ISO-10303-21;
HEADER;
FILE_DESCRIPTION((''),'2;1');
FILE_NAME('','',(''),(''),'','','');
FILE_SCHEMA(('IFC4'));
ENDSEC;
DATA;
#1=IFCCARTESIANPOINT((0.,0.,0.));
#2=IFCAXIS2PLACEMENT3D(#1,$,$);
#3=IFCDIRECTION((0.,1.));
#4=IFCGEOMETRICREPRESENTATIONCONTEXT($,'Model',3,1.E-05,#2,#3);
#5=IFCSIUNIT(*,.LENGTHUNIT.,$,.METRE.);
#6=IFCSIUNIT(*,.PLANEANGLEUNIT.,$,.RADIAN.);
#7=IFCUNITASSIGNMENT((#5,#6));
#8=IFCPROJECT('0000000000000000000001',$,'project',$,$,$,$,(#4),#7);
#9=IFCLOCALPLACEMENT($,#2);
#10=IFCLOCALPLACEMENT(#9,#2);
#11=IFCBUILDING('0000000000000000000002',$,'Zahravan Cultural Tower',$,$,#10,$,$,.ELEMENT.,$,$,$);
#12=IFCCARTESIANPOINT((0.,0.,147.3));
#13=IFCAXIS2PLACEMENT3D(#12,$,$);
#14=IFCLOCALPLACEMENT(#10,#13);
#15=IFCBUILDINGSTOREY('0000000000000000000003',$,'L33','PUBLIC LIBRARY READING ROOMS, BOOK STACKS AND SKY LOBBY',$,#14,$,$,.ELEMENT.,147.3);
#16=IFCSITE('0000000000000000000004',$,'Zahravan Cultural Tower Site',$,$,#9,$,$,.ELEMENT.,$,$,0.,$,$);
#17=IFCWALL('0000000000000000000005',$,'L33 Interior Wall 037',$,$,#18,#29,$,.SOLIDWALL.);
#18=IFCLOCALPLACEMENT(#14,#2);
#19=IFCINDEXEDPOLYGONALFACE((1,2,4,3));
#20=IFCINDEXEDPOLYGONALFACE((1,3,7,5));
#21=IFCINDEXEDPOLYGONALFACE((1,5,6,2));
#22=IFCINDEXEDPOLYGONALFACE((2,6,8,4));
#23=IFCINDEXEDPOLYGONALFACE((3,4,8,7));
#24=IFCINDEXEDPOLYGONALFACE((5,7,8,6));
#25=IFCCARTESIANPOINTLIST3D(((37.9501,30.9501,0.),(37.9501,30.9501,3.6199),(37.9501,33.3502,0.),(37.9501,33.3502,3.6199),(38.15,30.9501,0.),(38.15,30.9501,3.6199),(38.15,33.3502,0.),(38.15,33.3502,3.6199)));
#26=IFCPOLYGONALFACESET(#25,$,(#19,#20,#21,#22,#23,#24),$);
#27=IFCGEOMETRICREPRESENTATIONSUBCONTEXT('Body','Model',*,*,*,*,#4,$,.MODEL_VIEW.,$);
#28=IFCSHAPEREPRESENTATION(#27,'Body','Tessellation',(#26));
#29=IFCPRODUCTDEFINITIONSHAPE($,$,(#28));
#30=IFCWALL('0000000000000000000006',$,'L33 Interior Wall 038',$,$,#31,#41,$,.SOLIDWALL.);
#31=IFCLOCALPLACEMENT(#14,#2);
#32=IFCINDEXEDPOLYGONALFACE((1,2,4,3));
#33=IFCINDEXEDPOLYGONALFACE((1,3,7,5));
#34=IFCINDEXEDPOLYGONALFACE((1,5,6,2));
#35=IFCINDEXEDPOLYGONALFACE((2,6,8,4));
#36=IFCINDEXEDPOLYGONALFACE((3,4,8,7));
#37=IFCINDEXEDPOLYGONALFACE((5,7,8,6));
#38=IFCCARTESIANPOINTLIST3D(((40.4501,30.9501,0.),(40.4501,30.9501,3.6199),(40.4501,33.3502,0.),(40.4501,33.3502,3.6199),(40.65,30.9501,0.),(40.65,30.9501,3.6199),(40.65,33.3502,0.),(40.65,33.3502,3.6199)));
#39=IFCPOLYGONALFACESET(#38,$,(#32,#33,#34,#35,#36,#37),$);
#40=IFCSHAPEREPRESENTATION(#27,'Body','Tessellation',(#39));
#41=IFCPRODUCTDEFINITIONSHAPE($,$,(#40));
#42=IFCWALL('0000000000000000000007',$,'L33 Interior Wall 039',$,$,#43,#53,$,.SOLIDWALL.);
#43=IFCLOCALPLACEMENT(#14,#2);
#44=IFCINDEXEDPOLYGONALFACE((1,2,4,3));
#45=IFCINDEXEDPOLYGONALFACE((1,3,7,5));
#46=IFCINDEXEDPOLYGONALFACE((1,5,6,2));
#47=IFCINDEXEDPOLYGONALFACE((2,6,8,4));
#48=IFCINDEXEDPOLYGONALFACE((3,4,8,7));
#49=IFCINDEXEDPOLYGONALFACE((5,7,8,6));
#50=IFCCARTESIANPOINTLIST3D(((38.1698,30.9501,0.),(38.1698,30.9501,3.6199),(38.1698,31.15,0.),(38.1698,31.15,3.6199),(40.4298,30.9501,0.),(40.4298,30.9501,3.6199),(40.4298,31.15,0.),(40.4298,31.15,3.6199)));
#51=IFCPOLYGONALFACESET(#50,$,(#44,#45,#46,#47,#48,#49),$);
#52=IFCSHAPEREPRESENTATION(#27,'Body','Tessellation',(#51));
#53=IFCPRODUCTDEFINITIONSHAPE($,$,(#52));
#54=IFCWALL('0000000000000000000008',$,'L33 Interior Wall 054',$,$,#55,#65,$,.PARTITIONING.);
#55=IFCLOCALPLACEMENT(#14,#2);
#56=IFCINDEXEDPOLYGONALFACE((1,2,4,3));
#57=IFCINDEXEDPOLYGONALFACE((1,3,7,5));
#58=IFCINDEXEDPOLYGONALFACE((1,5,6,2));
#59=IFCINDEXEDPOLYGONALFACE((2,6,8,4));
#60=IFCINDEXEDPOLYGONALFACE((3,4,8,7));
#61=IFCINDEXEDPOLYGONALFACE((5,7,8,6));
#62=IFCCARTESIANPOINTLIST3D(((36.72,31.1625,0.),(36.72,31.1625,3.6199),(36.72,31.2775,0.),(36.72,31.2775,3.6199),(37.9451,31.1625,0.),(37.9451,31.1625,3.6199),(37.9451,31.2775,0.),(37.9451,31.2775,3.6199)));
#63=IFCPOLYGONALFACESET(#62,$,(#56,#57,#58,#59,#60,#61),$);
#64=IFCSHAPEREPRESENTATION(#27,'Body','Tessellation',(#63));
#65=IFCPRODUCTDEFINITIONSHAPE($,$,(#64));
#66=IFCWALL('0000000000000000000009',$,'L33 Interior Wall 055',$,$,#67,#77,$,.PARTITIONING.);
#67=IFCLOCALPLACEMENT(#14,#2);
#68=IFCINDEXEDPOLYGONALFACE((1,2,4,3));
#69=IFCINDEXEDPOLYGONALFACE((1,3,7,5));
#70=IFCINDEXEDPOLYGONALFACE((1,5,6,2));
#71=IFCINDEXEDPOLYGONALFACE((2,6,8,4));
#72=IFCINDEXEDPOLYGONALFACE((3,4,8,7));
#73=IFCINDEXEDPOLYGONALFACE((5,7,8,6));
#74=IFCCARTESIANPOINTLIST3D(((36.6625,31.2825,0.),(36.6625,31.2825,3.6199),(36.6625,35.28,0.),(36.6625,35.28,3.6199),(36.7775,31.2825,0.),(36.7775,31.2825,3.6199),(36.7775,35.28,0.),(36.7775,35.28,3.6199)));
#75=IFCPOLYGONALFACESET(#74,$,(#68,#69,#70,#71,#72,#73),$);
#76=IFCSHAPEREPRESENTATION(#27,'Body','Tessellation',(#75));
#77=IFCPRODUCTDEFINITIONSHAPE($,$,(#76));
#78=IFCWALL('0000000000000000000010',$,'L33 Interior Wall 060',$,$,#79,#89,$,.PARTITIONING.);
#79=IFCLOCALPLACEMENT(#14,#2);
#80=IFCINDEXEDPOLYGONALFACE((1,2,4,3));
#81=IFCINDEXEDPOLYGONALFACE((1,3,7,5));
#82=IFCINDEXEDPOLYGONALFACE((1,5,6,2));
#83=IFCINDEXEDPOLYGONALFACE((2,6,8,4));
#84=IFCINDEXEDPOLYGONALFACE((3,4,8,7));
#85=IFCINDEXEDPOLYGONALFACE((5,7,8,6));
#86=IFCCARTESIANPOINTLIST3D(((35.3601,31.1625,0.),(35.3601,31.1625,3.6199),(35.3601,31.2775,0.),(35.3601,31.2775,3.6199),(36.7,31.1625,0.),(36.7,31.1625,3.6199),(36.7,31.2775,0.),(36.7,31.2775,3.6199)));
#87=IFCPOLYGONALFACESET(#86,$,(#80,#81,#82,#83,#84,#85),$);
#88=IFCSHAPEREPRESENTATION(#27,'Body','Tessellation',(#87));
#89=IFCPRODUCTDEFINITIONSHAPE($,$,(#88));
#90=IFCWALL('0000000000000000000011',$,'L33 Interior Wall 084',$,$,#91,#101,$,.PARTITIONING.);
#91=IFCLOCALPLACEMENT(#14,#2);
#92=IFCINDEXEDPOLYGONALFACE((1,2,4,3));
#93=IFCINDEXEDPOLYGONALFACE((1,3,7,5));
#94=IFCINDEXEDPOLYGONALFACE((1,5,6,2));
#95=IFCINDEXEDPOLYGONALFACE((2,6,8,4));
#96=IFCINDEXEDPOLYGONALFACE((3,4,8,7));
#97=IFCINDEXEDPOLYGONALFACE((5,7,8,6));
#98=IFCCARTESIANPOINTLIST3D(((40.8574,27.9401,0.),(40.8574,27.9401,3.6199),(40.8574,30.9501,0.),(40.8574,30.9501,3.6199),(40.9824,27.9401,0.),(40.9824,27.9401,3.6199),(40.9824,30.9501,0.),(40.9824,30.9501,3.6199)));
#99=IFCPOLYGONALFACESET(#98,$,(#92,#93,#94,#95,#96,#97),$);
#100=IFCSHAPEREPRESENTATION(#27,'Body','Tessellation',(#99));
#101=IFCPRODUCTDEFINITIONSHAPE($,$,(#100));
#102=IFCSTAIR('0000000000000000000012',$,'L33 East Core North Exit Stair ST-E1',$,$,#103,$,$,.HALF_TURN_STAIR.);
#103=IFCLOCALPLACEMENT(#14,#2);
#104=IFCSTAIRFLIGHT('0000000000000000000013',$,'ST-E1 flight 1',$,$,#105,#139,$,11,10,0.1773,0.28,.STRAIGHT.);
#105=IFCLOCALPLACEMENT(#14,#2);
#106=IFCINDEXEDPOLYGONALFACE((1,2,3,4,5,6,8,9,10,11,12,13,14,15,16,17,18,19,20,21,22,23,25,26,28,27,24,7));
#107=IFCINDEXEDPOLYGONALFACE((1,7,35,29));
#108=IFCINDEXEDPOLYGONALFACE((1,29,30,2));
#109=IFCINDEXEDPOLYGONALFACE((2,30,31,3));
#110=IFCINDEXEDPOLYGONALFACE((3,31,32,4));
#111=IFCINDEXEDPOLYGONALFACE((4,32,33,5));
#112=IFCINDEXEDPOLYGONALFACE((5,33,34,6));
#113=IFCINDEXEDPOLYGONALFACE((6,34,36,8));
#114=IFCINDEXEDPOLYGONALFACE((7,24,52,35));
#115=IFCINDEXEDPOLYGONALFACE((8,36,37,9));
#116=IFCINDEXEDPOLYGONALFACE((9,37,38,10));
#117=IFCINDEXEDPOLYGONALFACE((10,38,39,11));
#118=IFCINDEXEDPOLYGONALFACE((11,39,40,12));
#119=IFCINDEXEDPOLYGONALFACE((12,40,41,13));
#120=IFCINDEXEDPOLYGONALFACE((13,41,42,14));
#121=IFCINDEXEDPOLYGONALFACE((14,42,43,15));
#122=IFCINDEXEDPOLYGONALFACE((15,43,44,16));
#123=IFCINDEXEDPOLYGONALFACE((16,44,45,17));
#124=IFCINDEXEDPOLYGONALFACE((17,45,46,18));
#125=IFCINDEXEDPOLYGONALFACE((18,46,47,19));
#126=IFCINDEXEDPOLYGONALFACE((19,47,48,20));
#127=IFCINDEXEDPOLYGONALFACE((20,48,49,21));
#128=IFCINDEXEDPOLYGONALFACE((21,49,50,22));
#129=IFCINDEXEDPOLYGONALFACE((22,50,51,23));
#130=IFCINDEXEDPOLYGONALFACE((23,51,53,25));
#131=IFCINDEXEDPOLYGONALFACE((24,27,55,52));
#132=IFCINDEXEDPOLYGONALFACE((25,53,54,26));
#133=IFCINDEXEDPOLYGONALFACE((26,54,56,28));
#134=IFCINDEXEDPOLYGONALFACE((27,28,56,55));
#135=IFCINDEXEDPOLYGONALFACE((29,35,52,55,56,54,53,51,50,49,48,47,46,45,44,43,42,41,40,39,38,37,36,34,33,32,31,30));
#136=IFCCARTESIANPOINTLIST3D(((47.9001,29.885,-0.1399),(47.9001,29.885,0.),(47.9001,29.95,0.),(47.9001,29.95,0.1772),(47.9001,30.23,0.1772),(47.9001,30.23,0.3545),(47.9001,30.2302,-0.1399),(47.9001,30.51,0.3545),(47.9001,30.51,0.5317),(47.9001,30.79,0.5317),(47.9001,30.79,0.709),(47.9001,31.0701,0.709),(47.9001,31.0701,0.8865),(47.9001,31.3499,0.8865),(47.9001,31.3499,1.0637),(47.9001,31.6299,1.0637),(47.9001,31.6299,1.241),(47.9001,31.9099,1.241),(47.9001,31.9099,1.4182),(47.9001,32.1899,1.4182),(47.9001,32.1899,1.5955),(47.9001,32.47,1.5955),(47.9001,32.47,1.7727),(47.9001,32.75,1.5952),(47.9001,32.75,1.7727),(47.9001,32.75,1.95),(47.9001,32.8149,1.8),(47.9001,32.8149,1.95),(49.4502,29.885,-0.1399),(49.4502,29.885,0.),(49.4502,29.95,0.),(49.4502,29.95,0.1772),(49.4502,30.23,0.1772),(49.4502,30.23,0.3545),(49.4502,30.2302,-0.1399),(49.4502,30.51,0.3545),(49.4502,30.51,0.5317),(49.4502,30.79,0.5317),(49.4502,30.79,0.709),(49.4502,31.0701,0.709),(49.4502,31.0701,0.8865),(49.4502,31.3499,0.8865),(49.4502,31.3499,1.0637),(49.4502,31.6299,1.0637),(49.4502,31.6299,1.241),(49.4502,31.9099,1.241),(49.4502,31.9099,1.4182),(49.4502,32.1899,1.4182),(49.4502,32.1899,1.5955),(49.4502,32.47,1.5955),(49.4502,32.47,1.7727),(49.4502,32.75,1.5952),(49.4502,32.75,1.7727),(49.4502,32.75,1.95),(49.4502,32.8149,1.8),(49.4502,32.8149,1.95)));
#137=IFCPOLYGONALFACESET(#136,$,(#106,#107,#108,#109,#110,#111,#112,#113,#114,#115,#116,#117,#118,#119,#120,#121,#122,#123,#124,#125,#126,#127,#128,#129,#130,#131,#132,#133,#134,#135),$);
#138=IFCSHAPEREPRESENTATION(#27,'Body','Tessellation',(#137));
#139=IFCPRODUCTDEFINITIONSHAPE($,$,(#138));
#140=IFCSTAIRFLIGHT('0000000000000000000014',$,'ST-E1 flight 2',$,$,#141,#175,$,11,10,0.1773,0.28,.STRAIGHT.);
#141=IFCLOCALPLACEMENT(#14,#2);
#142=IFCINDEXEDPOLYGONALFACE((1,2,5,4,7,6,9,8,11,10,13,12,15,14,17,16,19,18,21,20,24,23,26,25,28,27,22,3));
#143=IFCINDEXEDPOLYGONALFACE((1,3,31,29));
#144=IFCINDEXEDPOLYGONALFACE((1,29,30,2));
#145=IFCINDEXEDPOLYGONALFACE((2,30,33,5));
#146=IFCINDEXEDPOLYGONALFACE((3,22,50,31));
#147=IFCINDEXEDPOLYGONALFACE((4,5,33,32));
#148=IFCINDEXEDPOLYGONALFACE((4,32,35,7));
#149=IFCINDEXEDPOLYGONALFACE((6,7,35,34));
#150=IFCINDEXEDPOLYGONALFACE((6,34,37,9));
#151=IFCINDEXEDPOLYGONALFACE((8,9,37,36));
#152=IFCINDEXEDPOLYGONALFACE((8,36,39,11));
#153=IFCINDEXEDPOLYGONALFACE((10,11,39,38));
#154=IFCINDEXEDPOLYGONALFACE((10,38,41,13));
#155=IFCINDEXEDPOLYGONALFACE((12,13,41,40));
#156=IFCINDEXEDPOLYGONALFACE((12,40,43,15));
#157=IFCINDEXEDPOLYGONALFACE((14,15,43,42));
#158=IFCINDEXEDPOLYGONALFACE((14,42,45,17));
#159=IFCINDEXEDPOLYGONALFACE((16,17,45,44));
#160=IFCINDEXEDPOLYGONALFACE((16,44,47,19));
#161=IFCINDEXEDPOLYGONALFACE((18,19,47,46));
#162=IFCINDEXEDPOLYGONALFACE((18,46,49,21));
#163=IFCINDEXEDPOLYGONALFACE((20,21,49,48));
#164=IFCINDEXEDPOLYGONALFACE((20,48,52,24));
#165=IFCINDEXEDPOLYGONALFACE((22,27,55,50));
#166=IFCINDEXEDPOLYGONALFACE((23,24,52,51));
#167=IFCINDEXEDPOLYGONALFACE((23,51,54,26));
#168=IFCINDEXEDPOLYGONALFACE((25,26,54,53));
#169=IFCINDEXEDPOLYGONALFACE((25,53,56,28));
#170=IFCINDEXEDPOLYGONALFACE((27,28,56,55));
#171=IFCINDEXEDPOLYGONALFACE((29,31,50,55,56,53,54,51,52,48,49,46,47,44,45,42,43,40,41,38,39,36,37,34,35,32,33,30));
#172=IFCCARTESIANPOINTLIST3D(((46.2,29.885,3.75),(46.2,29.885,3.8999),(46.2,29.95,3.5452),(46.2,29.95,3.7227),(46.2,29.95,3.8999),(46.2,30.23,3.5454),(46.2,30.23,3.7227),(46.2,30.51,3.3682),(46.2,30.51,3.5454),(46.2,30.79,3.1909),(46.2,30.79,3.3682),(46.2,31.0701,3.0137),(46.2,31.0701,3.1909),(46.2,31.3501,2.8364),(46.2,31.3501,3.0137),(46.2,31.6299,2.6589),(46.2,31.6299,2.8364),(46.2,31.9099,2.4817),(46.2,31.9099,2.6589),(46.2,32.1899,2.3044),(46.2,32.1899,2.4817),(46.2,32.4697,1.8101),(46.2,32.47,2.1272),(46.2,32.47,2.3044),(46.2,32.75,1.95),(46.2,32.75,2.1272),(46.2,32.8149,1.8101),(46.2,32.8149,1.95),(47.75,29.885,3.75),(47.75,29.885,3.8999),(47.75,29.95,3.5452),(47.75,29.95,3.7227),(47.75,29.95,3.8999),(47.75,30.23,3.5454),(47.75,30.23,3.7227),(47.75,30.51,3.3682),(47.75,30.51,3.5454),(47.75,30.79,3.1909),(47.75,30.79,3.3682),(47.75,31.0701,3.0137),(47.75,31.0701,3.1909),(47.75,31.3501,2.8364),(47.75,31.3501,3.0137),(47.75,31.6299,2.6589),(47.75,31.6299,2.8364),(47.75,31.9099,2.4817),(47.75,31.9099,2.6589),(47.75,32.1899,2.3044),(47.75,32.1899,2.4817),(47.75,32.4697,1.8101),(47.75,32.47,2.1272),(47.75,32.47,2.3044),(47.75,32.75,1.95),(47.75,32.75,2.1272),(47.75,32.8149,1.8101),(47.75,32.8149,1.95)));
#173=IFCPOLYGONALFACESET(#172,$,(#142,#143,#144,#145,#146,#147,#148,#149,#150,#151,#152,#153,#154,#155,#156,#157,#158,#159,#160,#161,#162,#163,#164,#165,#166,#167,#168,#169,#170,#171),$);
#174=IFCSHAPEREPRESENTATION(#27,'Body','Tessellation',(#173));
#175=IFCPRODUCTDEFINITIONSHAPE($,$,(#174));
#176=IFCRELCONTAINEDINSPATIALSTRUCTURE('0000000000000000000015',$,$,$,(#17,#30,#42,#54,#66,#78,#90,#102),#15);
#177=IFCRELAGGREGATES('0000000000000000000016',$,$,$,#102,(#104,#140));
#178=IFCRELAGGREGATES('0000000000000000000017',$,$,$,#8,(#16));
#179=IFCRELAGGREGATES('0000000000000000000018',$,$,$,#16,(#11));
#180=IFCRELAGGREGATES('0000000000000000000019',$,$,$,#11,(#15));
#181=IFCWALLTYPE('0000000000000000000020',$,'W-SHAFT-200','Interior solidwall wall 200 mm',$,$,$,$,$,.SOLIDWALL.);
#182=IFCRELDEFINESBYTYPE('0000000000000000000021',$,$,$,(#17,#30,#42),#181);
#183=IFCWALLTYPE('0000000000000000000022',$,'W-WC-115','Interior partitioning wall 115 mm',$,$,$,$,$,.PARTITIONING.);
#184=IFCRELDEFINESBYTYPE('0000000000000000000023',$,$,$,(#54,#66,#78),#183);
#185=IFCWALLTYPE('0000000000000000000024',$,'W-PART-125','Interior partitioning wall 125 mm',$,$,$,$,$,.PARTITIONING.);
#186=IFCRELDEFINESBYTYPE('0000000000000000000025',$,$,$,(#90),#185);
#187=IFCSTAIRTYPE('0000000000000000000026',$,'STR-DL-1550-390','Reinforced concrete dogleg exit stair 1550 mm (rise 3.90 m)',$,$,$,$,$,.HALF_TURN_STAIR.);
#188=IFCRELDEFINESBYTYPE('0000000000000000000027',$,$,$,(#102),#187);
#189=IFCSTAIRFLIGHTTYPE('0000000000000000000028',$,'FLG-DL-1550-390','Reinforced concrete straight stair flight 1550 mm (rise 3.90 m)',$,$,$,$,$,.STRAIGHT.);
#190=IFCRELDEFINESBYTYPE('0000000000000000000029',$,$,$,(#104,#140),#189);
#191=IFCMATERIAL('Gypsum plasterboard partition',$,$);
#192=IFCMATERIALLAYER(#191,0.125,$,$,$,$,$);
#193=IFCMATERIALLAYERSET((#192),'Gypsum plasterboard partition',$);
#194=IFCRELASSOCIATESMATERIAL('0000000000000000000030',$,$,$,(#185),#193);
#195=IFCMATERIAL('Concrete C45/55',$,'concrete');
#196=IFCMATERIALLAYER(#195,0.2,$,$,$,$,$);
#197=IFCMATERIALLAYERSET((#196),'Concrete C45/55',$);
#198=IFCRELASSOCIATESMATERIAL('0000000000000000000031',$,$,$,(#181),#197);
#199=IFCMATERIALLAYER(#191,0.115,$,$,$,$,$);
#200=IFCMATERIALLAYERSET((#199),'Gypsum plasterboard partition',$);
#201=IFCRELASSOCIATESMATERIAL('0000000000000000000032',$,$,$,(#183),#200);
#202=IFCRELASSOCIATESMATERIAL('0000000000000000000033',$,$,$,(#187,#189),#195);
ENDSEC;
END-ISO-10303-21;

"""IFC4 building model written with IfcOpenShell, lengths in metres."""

from ifc_helpers import new_model, si_unit, direction, frame, frame_2d, origin, place, context, subcontext, project, spatial, polyline, rectangle, outline, extrude, source, transform, mapped, material, layer, layer_set, type_object, element, aggregate, save


model = new_model("IFC4")

# Units and contexts
model_context = context("Model", 3, precision=1e-05, world=origin(), true_north=direction((0.0, 1.0)))
body_context = subcontext(model_context, "Body", "Model", "MODEL_VIEW")
ifc_project = project(units=[si_unit("LENGTHUNIT", "METRE"), si_unit("PLANEANGLEUNIT", "RADIAN")], contexts=[model_context])

# Site, building, storey
site_placement = place(None, origin())
site = spatial("IfcSite", under=ifc_project, at=site_placement, Name="Zahravan Cultural Tower Site", CompositionType="ELEMENT", RefElevation=0.0)
building_placement = place(site_placement, origin())
building = spatial("IfcBuilding", under=site, at=building_placement, Name="Zahravan Cultural Tower", CompositionType="ELEMENT")
storey_placement = place(building_placement, frame((0.0, 0.0, 147.3)))
storey = spatial("IfcBuildingStorey", under=building, at=storey_placement, Name="L33", Description="PUBLIC LIBRARY READING ROOMS, BOOK STACKS AND SKY LOBBY", CompositionType="ELEMENT", Elevation=147.3)

# Shared definitions
ifc_material_1 = material(Name="Gypsum plasterboard partition")
ifc_layer_1 = layer(ifc_material_1, 0.125)
ifc_layer_set_1 = layer_set([ifc_layer_1], Name="Gypsum plasterboard partition")
wall_type_1 = type_object("IfcWallType", Name="W-PART-125", Description="Interior partitioning wall 125 mm", PredefinedType="PARTITIONING", material=ifc_layer_set_1)
ifc_material_2 = material(Name="Concrete C45/55", Category="concrete")
ifc_layer_2 = layer(ifc_material_2, 0.2)
ifc_layer_set_2 = layer_set([ifc_layer_2], Name="Concrete C45/55")
wall_type_2 = type_object("IfcWallType", Name="W-SHAFT-200", Description="Interior solidwall wall 200 mm", PredefinedType="SOLIDWALL", material=ifc_layer_set_2)

# Walls
shared_shape_1 = source(origin(), body_context, "Body", "SweptSolid", [
    extrude(rectangle(XDim=2.4001, YDim=0.2, at=frame_2d((1.2002, 0.0))), origin(), (0.0, 0.0, 1.0), 3.6199),
])
for number, where, z_axis, x_axis, name in (
    (1, (38.05, 30.95, 0.0), (0.0, 0.0, 1.0), (0.0, 1.0, 0.0), "L33 Interior Wall 037"),
    (2, (40.55, 30.95, 0.0), (0.0, 0.0, 1.0), (0.0, 1.0, 0.0), "L33 Interior Wall 038"),
):
    element("IfcWall", number, at=place(storey_placement, frame(where, z_axis=z_axis, x_axis=x_axis)), inside=storey, type_object=wall_type_2, Name=name, PredefinedType="SOLIDWALL", context=body_context, shape_type="MappedRepresentation", body=[
        mapped(shared_shape_1, transform((0.0, 0.0, 0.0), x_axis=(1.0, 0.0, 0.0), y_axis=(0.0, 1.0, 0.0), z_axis=(0.0, 0.0, 1.0), scale=1.0)),
    ])
shared_shape_2 = source(origin(), body_context, "Body", "SweptSolid", [
    extrude(rectangle(XDim=2.26, YDim=0.2, at=frame_2d((1.1299, 0.0))), origin(), (0.0, 0.0, 1.0), 3.6199),
])
wall_1_placement = place(storey_placement, frame((38.1699, 31.05, 0.0), z_axis=(0.0, 0.0, 1.0), x_axis=(1.0, 0.0, 0.0)))
element("IfcWall", 3, at=wall_1_placement, inside=storey, type_object=wall_type_2, Name="L33 Interior Wall 039", PredefinedType="SOLIDWALL", context=body_context, shape_type="MappedRepresentation", body=[
    mapped(shared_shape_2, transform((0.0, 0.0, 0.0), x_axis=(1.0, 0.0, 0.0), y_axis=(0.0, 1.0, 0.0), z_axis=(0.0, 0.0, 1.0), scale=1.0)),
])
ifc_layer_3 = layer(ifc_material_1, 0.115)
ifc_layer_set_3 = layer_set([ifc_layer_3], Name="Gypsum plasterboard partition")
wall_type_3 = type_object("IfcWallType", Name="W-WC-115", Description="Interior partitioning wall 115 mm", PredefinedType="PARTITIONING", material=ifc_layer_set_3)
shared_shape_3 = source(origin(), body_context, "Body", "SweptSolid", [
    extrude(rectangle(XDim=1.2251, YDim=0.115, at=frame_2d((0.6125, 0.0))), origin(), (0.0, 0.0, 1.0), 3.6199),
])
wall_2_placement = place(storey_placement, frame((37.9451, 31.22, 0.0), z_axis=(0.0, 0.0, 1.0), x_axis=(-1.0, 0.0, 0.0)))
element("IfcWall", 4, at=wall_2_placement, inside=storey, type_object=wall_type_3, Name="L33 Interior Wall 054", PredefinedType="PARTITIONING", context=body_context, shape_type="MappedRepresentation", body=[
    mapped(shared_shape_3, transform((0.0, 0.0, 0.0), x_axis=(1.0, 0.0, 0.0), y_axis=(0.0, 1.0, 0.0), z_axis=(0.0, 0.0, 1.0), scale=1.0)),
])
shared_shape_4 = source(origin(), body_context, "Body", "SweptSolid", [
    extrude(rectangle(XDim=3.9976, YDim=0.115, at=frame_2d((1.9988, 0.0))), origin(), (0.0, 0.0, 1.0), 3.6199),
])
wall_3_placement = place(storey_placement, frame((36.72, 31.2825, 0.0), z_axis=(0.0, 0.0, 1.0), x_axis=(0.0, 1.0, 0.0)))
element("IfcWall", 5, at=wall_3_placement, inside=storey, type_object=wall_type_3, Name="L33 Interior Wall 055", PredefinedType="PARTITIONING", context=body_context, shape_type="MappedRepresentation", body=[
    mapped(shared_shape_4, transform((0.0, 0.0, 0.0), x_axis=(1.0, 0.0, 0.0), y_axis=(0.0, 1.0, 0.0), z_axis=(0.0, 0.0, 1.0), scale=1.0)),
])
shared_shape_5 = source(origin(), body_context, "Body", "SweptSolid", [
    extrude(rectangle(XDim=1.3398, YDim=0.115, at=frame_2d((0.6699, 0.0))), origin(), (0.0, 0.0, 1.0), 3.6199),
])
wall_4_placement = place(storey_placement, frame((36.7, 31.22, 0.0), z_axis=(0.0, 0.0, 1.0), x_axis=(-1.0, 0.0, 0.0)))
element("IfcWall", 6, at=wall_4_placement, inside=storey, type_object=wall_type_3, Name="L33 Interior Wall 060", PredefinedType="PARTITIONING", context=body_context, shape_type="MappedRepresentation", body=[
    mapped(shared_shape_5, transform((0.0, 0.0, 0.0), x_axis=(1.0, 0.0, 0.0), y_axis=(0.0, 1.0, 0.0), z_axis=(0.0, 0.0, 1.0), scale=1.0)),
])
shared_shape_6 = source(origin(), body_context, "Body", "SweptSolid", [
    extrude(rectangle(XDim=3.01, YDim=0.125, at=frame_2d((1.5049, 0.0))), origin(), (0.0, 0.0, 1.0), 3.6199),
])
wall_5_placement = place(storey_placement, frame((40.9199, 30.95, 0.0), z_axis=(0.0, 0.0, 1.0), x_axis=(0.0, -1.0, 0.0)))
element("IfcWall", 7, at=wall_5_placement, inside=storey, type_object=wall_type_1, Name="L33 Interior Wall 084", PredefinedType="PARTITIONING", context=body_context, shape_type="MappedRepresentation", body=[
    mapped(shared_shape_6, transform((0.0, 0.0, 0.0), x_axis=(1.0, 0.0, 0.0), y_axis=(0.0, 1.0, 0.0), z_axis=(0.0, 0.0, 1.0), scale=1.0)),
])

# Stair, stair flights
stair_type = type_object("IfcStairType", Name="STR-DL-1550-390", Description="Reinforced concrete dogleg exit stair 1550 mm (rise 3.90 m)", PredefinedType="HALF_TURN_STAIR", material=ifc_material_2)
stair_placement = place(storey_placement, origin())
stair = element("IfcStair", 8, at=stair_placement, inside=storey, type_object=stair_type, Name="L33 East Core North Exit Stair ST-E1", PredefinedType="HALF_TURN_STAIR")
stair_flight_type = type_object("IfcStairFlightType", Name="FLG-DL-1550-390", Description="Reinforced concrete straight stair flight 1550 mm (rise 3.90 m)", PredefinedType="STRAIGHT", material=ifc_material_2)
stair_flight_1_placement = place(storey_placement, frame((48.675, 29.95, 0.0), z_axis=(0.0, 0.0, 1.0), x_axis=(0.0, 1.0, 0.0)))
stair_flight_1 = element("IfcStairFlight", 9, at=stair_flight_1_placement, type_object=stair_flight_type, Name="ST-E1 flight 1", NumberOfRisers=11, NumberOfTreads=10, PredefinedType="STRAIGHT", RiserHeight=0.1773, TreadLength=0.28, context=body_context, shape_type="SweptSolid", body=[
    extrude(outline(polyline([(-0.0649, -0.1399), (-0.0649, 0.0), (0.0, 0.0), (0.0, 0.1772), (0.28, 0.1772), (0.28, 0.3545), (0.5601, 0.3545), (0.5601, 0.5317), (0.8401, 0.5317), (0.8401, 0.709), (1.1201, 0.709), (1.1201, 0.8865), (1.3999, 0.8865), (1.3999, 1.0637), (1.6799, 1.0637), (1.6799, 1.241), (1.96, 1.241), (1.96, 1.4182), (2.24, 1.4182), (2.24, 1.5955), (2.52, 1.5955), (2.52, 1.7727), (2.8, 1.7727), (2.8, 1.95), (2.865, 1.95), (2.865, 1.8), (2.8, 1.5952), (0.2803, -0.1399), (-0.0649, -0.1399)])), frame((0.0, 0.7749, 0.0), z_axis=(0.0, -1.0, 0.0), x_axis=(1.0, 0.0, 0.0)), (0.0, 0.0, 1.0), 1.55),
])
stair_flight_2_placement = place(storey_placement, frame((46.9751, 32.75, 1.95), z_axis=(0.0, 0.0, 1.0), x_axis=(0.0, -1.0, 0.0)))
stair_flight_2 = element("IfcStairFlight", 10, at=stair_flight_2_placement, type_object=stair_flight_type, Name="ST-E1 flight 2", NumberOfRisers=11, NumberOfTreads=10, PredefinedType="STRAIGHT", RiserHeight=0.1773, TreadLength=0.28, context=body_context, shape_type="SweptSolid", body=[
    extrude(outline(polyline([(-0.0649, -0.1399), (-0.0649, 0.0), (0.0, 0.0), (0.0, 0.1772), (0.28, 0.1772), (0.28, 0.3545), (0.5601, 0.3545), (0.5601, 0.5317), (0.8401, 0.5317), (0.8401, 0.709), (1.1201, 0.709), (1.1201, 0.8865), (1.3999, 0.8865), (1.3999, 1.0637), (1.6799, 1.0637), (1.6799, 1.241), (1.96, 1.241), (1.96, 1.4182), (2.24, 1.4182), (2.24, 1.5955), (2.52, 1.5955), (2.52, 1.7727), (2.8, 1.7727), (2.8, 1.95), (2.865, 1.95), (2.865, 1.8), (2.8, 1.5952), (0.2803, -0.1399), (-0.0649, -0.1399)])), frame((0.0, 0.7749, 0.0), z_axis=(0.0, -1.0, 0.0), x_axis=(1.0, 0.0, 0.0)), (0.0, 0.0, 1.0), 1.55),
])
aggregate(stair, [stair_flight_1, stair_flight_2])

save(model, "model.ifc")
